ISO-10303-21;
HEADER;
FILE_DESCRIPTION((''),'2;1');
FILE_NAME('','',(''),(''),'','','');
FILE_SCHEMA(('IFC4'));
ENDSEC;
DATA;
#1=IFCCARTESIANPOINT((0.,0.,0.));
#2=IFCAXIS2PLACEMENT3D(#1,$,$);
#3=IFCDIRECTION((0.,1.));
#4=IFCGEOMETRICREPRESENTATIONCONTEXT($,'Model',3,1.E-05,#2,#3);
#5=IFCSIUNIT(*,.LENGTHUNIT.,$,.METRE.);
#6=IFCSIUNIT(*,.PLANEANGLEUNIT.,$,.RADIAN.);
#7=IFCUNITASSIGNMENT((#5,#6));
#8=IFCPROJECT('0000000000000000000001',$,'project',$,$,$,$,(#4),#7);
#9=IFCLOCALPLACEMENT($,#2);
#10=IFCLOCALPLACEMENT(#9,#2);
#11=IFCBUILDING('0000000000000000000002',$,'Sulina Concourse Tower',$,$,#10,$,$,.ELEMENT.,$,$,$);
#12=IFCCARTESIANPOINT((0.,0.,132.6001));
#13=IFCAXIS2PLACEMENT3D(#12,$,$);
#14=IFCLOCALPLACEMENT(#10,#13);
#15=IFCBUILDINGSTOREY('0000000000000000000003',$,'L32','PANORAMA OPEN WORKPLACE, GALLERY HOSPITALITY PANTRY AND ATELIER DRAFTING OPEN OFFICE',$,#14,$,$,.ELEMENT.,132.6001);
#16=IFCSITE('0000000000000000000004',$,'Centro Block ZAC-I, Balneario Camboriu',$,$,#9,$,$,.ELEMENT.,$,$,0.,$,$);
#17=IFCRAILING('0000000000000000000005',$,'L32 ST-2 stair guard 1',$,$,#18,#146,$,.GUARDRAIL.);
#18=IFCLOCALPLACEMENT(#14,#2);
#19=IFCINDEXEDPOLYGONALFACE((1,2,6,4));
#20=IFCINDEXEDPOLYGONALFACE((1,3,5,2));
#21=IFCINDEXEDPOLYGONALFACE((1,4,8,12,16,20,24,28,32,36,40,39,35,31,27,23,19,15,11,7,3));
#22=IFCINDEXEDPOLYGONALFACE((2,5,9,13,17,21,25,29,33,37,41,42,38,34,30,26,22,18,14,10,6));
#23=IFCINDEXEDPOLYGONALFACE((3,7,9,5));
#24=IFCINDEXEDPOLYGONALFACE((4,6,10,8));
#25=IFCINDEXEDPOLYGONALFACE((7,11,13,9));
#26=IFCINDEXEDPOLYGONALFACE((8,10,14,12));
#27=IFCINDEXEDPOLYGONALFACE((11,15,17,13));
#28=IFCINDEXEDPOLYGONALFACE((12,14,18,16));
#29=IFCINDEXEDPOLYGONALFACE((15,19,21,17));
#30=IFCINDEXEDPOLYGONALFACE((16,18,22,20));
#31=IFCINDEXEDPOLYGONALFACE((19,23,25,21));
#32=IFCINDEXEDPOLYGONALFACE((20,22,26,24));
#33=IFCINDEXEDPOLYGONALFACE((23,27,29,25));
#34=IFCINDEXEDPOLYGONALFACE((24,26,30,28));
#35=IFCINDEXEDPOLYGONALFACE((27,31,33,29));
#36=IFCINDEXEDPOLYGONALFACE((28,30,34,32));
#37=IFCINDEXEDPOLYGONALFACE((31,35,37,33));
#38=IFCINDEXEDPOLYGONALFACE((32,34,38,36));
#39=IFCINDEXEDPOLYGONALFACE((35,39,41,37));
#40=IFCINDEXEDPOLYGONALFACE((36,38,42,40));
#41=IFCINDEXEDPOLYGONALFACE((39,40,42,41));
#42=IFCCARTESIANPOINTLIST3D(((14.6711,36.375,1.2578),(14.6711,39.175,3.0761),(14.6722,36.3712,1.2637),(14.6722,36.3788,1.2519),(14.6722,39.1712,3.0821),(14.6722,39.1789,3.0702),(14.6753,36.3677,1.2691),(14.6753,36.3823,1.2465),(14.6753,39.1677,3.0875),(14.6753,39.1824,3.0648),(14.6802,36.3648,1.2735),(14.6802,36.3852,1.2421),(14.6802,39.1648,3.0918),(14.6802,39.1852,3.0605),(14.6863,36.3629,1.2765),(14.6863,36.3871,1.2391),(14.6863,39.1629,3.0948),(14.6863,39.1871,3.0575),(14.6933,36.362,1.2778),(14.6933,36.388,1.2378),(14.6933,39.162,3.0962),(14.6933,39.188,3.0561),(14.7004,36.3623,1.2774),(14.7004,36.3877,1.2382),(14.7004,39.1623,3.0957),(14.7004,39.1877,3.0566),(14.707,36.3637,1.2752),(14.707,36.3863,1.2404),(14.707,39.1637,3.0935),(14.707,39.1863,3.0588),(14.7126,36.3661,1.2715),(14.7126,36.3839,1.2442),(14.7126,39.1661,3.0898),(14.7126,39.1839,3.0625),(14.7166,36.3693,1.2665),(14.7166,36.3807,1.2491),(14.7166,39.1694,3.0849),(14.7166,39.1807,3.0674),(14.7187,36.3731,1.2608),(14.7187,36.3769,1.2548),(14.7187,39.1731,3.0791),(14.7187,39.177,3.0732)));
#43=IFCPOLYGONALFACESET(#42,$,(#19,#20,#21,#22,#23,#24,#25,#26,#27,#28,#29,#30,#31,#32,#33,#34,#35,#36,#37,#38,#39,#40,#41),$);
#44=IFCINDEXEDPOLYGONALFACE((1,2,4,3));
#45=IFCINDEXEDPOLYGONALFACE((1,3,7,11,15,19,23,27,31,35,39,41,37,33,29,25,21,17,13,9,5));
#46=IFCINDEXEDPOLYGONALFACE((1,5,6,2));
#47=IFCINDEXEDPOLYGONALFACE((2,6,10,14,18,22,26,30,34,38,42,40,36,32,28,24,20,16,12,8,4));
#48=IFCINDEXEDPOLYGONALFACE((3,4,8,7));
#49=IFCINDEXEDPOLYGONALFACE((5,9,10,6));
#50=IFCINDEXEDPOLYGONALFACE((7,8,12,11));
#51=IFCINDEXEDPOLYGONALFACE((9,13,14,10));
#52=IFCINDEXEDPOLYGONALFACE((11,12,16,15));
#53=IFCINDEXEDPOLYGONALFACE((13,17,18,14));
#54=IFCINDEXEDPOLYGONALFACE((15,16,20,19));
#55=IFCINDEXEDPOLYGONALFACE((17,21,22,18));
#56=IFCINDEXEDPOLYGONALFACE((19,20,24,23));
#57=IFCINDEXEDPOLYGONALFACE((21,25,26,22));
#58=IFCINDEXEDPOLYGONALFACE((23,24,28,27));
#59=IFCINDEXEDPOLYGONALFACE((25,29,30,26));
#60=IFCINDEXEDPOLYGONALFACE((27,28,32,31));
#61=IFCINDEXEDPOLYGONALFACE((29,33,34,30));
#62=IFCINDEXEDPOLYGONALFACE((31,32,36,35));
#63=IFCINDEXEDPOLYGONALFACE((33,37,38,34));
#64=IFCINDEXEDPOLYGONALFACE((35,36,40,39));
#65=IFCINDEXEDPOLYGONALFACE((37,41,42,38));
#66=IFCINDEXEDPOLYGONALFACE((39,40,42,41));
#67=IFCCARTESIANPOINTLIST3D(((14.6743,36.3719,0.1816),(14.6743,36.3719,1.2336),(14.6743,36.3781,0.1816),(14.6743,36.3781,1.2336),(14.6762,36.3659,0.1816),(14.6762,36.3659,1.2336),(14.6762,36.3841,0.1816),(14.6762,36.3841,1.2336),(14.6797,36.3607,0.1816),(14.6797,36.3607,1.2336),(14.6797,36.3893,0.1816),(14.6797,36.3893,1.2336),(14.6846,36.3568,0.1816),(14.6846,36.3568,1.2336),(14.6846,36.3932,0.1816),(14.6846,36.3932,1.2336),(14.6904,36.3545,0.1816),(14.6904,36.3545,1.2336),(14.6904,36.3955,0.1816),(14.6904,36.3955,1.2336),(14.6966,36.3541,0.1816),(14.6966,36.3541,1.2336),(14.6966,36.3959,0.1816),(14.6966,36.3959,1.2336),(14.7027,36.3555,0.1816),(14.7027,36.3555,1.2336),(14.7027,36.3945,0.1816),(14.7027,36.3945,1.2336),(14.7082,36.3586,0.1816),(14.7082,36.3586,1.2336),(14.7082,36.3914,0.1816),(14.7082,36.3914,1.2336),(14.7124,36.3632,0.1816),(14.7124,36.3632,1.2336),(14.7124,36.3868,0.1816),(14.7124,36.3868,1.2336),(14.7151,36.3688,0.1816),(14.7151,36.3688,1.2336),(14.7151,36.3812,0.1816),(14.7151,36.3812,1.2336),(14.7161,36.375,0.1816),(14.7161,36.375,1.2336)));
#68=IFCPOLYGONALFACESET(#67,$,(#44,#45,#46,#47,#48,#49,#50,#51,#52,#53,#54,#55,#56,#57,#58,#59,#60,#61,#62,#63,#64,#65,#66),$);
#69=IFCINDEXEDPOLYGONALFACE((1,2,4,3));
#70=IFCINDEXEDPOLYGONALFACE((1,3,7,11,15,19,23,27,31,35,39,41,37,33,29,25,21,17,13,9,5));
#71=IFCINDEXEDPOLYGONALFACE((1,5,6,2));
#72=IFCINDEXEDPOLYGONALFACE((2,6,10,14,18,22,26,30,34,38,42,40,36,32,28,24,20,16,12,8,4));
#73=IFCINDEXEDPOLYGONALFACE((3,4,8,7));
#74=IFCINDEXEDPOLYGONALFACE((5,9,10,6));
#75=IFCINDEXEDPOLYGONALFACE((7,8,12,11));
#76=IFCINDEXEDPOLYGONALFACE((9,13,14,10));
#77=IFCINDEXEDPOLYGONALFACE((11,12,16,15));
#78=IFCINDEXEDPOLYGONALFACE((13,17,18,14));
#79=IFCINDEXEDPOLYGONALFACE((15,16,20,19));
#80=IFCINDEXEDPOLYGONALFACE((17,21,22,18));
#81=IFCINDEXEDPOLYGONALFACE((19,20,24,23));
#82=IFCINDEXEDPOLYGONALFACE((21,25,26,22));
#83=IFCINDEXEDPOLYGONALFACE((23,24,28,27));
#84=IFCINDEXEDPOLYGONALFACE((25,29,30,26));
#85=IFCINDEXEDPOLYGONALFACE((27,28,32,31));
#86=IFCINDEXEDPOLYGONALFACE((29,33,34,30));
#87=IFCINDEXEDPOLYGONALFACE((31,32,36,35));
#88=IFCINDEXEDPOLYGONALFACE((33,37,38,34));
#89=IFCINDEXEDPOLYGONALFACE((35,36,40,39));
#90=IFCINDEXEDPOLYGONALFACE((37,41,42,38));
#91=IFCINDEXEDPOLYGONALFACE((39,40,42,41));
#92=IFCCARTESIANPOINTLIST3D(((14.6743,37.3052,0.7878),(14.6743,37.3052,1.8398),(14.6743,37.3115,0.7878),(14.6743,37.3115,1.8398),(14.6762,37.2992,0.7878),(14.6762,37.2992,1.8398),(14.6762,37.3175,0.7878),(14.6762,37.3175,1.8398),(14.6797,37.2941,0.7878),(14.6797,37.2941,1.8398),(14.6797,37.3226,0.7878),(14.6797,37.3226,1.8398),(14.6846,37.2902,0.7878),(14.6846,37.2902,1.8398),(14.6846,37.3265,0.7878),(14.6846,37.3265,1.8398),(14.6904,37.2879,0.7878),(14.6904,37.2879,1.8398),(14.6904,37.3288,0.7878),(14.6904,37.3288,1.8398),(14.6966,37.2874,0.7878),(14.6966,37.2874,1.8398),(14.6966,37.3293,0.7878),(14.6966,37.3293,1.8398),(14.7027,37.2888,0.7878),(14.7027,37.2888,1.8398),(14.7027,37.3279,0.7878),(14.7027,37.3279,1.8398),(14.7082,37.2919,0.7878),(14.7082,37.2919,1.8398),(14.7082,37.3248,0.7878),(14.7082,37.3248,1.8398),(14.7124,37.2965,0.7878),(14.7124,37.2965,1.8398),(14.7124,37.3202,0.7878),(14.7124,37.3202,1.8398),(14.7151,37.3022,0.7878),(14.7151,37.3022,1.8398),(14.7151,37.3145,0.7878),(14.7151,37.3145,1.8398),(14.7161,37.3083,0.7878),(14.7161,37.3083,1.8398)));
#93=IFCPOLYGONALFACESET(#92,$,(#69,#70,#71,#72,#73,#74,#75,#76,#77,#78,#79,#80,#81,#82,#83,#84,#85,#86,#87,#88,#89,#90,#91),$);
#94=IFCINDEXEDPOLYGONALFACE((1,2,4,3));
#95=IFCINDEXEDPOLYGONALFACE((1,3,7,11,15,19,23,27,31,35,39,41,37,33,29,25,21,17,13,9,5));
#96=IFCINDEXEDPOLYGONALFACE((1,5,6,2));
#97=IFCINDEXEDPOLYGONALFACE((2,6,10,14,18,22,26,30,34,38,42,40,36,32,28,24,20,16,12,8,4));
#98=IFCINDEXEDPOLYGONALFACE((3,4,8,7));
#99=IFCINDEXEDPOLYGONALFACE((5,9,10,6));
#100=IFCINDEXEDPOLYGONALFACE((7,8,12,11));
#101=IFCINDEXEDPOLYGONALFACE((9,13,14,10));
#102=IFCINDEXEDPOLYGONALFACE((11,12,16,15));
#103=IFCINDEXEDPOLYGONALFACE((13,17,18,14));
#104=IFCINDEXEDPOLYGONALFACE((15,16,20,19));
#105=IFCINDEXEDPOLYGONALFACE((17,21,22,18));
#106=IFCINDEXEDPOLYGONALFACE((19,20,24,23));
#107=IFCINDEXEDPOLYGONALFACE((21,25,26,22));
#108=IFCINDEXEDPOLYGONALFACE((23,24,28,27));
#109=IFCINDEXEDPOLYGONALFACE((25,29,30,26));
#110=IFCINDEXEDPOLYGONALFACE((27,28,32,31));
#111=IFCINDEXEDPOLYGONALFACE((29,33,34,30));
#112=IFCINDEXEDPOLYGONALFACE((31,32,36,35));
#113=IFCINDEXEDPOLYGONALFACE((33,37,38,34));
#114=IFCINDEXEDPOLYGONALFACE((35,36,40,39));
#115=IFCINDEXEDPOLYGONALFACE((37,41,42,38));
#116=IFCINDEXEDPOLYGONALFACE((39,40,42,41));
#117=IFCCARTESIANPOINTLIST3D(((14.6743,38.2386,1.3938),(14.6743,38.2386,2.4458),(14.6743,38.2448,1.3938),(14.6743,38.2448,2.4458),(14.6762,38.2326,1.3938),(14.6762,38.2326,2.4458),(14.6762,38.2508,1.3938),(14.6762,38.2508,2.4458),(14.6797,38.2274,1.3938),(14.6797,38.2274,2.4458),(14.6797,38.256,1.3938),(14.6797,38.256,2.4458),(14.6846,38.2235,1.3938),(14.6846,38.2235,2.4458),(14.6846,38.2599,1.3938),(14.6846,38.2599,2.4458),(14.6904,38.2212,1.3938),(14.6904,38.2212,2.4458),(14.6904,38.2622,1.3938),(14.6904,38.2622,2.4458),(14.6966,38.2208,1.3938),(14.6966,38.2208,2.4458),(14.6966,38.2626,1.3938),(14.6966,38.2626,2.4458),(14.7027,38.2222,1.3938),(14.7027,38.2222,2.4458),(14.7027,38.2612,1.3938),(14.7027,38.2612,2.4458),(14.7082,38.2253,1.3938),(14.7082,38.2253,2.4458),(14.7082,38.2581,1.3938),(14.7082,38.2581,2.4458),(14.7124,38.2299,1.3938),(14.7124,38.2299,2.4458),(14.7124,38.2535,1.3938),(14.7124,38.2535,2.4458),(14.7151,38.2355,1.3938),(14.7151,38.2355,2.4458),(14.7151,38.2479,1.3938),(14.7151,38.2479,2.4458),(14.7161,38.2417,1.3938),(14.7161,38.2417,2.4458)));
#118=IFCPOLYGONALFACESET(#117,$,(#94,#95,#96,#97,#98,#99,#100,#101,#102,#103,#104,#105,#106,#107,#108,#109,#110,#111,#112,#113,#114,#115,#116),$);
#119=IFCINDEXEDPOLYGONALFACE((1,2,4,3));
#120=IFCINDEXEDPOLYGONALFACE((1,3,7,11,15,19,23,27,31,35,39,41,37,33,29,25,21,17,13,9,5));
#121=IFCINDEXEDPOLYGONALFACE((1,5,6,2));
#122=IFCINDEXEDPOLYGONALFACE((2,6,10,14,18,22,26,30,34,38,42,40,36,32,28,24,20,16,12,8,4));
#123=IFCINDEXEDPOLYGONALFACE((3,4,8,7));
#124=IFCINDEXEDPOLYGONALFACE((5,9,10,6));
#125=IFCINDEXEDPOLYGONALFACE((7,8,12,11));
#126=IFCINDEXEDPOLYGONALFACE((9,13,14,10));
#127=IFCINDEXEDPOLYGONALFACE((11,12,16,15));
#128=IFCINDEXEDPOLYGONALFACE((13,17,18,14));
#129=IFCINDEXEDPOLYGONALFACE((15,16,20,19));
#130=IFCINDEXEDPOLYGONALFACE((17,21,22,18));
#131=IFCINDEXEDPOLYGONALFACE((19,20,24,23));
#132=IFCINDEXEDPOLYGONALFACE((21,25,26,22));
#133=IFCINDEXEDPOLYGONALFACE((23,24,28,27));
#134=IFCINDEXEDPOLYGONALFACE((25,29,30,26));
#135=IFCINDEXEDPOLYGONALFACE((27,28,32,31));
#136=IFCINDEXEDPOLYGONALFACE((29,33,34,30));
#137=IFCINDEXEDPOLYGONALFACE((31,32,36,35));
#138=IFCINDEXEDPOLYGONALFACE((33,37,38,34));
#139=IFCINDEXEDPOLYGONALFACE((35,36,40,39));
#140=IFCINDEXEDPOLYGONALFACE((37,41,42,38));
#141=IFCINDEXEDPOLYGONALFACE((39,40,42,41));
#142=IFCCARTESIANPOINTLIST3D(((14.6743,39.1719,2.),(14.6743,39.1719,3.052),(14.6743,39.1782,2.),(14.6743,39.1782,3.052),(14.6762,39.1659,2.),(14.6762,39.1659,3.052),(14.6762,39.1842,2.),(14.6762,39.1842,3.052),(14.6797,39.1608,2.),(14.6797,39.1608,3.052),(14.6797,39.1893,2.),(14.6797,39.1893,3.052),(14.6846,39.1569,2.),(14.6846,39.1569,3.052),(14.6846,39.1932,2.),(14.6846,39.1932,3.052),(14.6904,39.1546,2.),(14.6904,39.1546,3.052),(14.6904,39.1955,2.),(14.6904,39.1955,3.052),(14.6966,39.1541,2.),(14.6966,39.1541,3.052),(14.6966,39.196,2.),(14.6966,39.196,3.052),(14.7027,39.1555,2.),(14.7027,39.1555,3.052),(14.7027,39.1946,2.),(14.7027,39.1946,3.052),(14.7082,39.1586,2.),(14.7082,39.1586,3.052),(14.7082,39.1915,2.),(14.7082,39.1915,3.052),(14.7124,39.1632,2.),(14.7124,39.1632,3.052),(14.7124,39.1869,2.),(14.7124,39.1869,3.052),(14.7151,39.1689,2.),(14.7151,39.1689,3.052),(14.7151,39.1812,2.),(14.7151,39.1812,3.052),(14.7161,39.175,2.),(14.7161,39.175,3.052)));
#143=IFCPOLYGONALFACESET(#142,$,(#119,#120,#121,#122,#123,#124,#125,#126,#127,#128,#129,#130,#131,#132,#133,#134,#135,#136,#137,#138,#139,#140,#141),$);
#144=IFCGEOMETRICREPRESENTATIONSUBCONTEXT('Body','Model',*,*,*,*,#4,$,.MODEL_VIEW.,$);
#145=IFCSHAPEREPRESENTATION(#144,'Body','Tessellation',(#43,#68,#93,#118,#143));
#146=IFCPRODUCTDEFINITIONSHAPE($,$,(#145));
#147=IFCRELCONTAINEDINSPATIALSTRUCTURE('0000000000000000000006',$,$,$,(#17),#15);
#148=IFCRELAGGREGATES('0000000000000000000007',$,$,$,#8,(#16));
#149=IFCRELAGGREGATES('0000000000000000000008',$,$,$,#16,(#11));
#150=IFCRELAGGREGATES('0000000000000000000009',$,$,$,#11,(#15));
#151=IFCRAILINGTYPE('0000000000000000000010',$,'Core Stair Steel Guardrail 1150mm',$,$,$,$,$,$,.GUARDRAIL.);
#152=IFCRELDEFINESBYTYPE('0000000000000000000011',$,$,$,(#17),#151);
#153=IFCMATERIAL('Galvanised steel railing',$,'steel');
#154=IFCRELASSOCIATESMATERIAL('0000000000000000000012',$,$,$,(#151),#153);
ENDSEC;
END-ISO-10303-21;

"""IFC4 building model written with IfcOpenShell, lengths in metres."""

from ifc_helpers import new_model, si_unit, direction, frame, origin, origin_2d, place, context, subcontext, project, spatial, circle, extrude, material, type_object, element, save


model = new_model("IFC4")

# Units and contexts
model_context = context("Model", 3, precision=1e-05, world=origin(), true_north=direction((0.0, 1.0)))
body_context = subcontext(model_context, "Body", "Model", "MODEL_VIEW")
ifc_project = project(units=[si_unit("LENGTHUNIT", "METRE"), si_unit("PLANEANGLEUNIT", "RADIAN")], contexts=[model_context])

# Site, building, storey
site_placement = place(None, origin())
site = spatial("IfcSite", under=ifc_project, at=site_placement, Name="Centro Block ZAC-I, Balneario Camboriu", CompositionType="ELEMENT", RefElevation=0.0)
building_placement = place(site_placement, origin())
building = spatial("IfcBuilding", under=site, at=building_placement, Name="Sulina Concourse Tower", CompositionType="ELEMENT")
storey_placement = place(building_placement, frame((0.0, 0.0, 132.6001)))
storey = spatial("IfcBuildingStorey", under=building, at=storey_placement, Name="L32", Description="PANORAMA OPEN WORKPLACE, GALLERY HOSPITALITY PANTRY AND ATELIER DRAFTING OPEN OFFICE", CompositionType="ELEMENT", Elevation=132.6001)

# Railing
ifc_material_1 = material(Name="Galvanised steel railing", Category="steel")
railing_type_1 = type_object("IfcRailingType", Name="Core Stair Steel Guardrail 1150mm", PredefinedType="GUARDRAIL", material=ifc_material_1)
railing_1_placement = place(storey_placement, frame((14.6951, 36.375, 0.1816)))
element("IfcRailing", 1, at=railing_1_placement, inside=storey, type_object=railing_type_1, Name="L32 ST-2 stair guard 1", PredefinedType="GUARDRAIL", context=body_context, shape_type="SweptSolid", body=[
    extrude(circle(Radius=0.0239, at=origin_2d()), frame((0.0, 0.0, 1.0762), z_axis=(0.0, 0.838672, 0.544636), x_axis=(-1.0, 0.0, 0.0)), (0.0, 0.0, 1.0), 3.3386),
    extrude(circle(Radius=0.021, at=origin_2d()), origin(), (0.0, 0.0, 1.0), 1.052),
    extrude(circle(Radius=0.021, at=origin_2d()), frame((0.0, 0.9333, 0.6062)), (0.0, 0.0, 1.0), 1.052),
    extrude(circle(Radius=0.021, at=origin_2d()), frame((0.0, 1.8667, 1.2122)), (0.0, 0.0, 1.0), 1.052),
    extrude(circle(Radius=0.021, at=origin_2d()), frame((0.0, 2.8, 1.8184)), (0.0, 0.0, 1.0), 1.052),
])

save(model, "model.ifc")
